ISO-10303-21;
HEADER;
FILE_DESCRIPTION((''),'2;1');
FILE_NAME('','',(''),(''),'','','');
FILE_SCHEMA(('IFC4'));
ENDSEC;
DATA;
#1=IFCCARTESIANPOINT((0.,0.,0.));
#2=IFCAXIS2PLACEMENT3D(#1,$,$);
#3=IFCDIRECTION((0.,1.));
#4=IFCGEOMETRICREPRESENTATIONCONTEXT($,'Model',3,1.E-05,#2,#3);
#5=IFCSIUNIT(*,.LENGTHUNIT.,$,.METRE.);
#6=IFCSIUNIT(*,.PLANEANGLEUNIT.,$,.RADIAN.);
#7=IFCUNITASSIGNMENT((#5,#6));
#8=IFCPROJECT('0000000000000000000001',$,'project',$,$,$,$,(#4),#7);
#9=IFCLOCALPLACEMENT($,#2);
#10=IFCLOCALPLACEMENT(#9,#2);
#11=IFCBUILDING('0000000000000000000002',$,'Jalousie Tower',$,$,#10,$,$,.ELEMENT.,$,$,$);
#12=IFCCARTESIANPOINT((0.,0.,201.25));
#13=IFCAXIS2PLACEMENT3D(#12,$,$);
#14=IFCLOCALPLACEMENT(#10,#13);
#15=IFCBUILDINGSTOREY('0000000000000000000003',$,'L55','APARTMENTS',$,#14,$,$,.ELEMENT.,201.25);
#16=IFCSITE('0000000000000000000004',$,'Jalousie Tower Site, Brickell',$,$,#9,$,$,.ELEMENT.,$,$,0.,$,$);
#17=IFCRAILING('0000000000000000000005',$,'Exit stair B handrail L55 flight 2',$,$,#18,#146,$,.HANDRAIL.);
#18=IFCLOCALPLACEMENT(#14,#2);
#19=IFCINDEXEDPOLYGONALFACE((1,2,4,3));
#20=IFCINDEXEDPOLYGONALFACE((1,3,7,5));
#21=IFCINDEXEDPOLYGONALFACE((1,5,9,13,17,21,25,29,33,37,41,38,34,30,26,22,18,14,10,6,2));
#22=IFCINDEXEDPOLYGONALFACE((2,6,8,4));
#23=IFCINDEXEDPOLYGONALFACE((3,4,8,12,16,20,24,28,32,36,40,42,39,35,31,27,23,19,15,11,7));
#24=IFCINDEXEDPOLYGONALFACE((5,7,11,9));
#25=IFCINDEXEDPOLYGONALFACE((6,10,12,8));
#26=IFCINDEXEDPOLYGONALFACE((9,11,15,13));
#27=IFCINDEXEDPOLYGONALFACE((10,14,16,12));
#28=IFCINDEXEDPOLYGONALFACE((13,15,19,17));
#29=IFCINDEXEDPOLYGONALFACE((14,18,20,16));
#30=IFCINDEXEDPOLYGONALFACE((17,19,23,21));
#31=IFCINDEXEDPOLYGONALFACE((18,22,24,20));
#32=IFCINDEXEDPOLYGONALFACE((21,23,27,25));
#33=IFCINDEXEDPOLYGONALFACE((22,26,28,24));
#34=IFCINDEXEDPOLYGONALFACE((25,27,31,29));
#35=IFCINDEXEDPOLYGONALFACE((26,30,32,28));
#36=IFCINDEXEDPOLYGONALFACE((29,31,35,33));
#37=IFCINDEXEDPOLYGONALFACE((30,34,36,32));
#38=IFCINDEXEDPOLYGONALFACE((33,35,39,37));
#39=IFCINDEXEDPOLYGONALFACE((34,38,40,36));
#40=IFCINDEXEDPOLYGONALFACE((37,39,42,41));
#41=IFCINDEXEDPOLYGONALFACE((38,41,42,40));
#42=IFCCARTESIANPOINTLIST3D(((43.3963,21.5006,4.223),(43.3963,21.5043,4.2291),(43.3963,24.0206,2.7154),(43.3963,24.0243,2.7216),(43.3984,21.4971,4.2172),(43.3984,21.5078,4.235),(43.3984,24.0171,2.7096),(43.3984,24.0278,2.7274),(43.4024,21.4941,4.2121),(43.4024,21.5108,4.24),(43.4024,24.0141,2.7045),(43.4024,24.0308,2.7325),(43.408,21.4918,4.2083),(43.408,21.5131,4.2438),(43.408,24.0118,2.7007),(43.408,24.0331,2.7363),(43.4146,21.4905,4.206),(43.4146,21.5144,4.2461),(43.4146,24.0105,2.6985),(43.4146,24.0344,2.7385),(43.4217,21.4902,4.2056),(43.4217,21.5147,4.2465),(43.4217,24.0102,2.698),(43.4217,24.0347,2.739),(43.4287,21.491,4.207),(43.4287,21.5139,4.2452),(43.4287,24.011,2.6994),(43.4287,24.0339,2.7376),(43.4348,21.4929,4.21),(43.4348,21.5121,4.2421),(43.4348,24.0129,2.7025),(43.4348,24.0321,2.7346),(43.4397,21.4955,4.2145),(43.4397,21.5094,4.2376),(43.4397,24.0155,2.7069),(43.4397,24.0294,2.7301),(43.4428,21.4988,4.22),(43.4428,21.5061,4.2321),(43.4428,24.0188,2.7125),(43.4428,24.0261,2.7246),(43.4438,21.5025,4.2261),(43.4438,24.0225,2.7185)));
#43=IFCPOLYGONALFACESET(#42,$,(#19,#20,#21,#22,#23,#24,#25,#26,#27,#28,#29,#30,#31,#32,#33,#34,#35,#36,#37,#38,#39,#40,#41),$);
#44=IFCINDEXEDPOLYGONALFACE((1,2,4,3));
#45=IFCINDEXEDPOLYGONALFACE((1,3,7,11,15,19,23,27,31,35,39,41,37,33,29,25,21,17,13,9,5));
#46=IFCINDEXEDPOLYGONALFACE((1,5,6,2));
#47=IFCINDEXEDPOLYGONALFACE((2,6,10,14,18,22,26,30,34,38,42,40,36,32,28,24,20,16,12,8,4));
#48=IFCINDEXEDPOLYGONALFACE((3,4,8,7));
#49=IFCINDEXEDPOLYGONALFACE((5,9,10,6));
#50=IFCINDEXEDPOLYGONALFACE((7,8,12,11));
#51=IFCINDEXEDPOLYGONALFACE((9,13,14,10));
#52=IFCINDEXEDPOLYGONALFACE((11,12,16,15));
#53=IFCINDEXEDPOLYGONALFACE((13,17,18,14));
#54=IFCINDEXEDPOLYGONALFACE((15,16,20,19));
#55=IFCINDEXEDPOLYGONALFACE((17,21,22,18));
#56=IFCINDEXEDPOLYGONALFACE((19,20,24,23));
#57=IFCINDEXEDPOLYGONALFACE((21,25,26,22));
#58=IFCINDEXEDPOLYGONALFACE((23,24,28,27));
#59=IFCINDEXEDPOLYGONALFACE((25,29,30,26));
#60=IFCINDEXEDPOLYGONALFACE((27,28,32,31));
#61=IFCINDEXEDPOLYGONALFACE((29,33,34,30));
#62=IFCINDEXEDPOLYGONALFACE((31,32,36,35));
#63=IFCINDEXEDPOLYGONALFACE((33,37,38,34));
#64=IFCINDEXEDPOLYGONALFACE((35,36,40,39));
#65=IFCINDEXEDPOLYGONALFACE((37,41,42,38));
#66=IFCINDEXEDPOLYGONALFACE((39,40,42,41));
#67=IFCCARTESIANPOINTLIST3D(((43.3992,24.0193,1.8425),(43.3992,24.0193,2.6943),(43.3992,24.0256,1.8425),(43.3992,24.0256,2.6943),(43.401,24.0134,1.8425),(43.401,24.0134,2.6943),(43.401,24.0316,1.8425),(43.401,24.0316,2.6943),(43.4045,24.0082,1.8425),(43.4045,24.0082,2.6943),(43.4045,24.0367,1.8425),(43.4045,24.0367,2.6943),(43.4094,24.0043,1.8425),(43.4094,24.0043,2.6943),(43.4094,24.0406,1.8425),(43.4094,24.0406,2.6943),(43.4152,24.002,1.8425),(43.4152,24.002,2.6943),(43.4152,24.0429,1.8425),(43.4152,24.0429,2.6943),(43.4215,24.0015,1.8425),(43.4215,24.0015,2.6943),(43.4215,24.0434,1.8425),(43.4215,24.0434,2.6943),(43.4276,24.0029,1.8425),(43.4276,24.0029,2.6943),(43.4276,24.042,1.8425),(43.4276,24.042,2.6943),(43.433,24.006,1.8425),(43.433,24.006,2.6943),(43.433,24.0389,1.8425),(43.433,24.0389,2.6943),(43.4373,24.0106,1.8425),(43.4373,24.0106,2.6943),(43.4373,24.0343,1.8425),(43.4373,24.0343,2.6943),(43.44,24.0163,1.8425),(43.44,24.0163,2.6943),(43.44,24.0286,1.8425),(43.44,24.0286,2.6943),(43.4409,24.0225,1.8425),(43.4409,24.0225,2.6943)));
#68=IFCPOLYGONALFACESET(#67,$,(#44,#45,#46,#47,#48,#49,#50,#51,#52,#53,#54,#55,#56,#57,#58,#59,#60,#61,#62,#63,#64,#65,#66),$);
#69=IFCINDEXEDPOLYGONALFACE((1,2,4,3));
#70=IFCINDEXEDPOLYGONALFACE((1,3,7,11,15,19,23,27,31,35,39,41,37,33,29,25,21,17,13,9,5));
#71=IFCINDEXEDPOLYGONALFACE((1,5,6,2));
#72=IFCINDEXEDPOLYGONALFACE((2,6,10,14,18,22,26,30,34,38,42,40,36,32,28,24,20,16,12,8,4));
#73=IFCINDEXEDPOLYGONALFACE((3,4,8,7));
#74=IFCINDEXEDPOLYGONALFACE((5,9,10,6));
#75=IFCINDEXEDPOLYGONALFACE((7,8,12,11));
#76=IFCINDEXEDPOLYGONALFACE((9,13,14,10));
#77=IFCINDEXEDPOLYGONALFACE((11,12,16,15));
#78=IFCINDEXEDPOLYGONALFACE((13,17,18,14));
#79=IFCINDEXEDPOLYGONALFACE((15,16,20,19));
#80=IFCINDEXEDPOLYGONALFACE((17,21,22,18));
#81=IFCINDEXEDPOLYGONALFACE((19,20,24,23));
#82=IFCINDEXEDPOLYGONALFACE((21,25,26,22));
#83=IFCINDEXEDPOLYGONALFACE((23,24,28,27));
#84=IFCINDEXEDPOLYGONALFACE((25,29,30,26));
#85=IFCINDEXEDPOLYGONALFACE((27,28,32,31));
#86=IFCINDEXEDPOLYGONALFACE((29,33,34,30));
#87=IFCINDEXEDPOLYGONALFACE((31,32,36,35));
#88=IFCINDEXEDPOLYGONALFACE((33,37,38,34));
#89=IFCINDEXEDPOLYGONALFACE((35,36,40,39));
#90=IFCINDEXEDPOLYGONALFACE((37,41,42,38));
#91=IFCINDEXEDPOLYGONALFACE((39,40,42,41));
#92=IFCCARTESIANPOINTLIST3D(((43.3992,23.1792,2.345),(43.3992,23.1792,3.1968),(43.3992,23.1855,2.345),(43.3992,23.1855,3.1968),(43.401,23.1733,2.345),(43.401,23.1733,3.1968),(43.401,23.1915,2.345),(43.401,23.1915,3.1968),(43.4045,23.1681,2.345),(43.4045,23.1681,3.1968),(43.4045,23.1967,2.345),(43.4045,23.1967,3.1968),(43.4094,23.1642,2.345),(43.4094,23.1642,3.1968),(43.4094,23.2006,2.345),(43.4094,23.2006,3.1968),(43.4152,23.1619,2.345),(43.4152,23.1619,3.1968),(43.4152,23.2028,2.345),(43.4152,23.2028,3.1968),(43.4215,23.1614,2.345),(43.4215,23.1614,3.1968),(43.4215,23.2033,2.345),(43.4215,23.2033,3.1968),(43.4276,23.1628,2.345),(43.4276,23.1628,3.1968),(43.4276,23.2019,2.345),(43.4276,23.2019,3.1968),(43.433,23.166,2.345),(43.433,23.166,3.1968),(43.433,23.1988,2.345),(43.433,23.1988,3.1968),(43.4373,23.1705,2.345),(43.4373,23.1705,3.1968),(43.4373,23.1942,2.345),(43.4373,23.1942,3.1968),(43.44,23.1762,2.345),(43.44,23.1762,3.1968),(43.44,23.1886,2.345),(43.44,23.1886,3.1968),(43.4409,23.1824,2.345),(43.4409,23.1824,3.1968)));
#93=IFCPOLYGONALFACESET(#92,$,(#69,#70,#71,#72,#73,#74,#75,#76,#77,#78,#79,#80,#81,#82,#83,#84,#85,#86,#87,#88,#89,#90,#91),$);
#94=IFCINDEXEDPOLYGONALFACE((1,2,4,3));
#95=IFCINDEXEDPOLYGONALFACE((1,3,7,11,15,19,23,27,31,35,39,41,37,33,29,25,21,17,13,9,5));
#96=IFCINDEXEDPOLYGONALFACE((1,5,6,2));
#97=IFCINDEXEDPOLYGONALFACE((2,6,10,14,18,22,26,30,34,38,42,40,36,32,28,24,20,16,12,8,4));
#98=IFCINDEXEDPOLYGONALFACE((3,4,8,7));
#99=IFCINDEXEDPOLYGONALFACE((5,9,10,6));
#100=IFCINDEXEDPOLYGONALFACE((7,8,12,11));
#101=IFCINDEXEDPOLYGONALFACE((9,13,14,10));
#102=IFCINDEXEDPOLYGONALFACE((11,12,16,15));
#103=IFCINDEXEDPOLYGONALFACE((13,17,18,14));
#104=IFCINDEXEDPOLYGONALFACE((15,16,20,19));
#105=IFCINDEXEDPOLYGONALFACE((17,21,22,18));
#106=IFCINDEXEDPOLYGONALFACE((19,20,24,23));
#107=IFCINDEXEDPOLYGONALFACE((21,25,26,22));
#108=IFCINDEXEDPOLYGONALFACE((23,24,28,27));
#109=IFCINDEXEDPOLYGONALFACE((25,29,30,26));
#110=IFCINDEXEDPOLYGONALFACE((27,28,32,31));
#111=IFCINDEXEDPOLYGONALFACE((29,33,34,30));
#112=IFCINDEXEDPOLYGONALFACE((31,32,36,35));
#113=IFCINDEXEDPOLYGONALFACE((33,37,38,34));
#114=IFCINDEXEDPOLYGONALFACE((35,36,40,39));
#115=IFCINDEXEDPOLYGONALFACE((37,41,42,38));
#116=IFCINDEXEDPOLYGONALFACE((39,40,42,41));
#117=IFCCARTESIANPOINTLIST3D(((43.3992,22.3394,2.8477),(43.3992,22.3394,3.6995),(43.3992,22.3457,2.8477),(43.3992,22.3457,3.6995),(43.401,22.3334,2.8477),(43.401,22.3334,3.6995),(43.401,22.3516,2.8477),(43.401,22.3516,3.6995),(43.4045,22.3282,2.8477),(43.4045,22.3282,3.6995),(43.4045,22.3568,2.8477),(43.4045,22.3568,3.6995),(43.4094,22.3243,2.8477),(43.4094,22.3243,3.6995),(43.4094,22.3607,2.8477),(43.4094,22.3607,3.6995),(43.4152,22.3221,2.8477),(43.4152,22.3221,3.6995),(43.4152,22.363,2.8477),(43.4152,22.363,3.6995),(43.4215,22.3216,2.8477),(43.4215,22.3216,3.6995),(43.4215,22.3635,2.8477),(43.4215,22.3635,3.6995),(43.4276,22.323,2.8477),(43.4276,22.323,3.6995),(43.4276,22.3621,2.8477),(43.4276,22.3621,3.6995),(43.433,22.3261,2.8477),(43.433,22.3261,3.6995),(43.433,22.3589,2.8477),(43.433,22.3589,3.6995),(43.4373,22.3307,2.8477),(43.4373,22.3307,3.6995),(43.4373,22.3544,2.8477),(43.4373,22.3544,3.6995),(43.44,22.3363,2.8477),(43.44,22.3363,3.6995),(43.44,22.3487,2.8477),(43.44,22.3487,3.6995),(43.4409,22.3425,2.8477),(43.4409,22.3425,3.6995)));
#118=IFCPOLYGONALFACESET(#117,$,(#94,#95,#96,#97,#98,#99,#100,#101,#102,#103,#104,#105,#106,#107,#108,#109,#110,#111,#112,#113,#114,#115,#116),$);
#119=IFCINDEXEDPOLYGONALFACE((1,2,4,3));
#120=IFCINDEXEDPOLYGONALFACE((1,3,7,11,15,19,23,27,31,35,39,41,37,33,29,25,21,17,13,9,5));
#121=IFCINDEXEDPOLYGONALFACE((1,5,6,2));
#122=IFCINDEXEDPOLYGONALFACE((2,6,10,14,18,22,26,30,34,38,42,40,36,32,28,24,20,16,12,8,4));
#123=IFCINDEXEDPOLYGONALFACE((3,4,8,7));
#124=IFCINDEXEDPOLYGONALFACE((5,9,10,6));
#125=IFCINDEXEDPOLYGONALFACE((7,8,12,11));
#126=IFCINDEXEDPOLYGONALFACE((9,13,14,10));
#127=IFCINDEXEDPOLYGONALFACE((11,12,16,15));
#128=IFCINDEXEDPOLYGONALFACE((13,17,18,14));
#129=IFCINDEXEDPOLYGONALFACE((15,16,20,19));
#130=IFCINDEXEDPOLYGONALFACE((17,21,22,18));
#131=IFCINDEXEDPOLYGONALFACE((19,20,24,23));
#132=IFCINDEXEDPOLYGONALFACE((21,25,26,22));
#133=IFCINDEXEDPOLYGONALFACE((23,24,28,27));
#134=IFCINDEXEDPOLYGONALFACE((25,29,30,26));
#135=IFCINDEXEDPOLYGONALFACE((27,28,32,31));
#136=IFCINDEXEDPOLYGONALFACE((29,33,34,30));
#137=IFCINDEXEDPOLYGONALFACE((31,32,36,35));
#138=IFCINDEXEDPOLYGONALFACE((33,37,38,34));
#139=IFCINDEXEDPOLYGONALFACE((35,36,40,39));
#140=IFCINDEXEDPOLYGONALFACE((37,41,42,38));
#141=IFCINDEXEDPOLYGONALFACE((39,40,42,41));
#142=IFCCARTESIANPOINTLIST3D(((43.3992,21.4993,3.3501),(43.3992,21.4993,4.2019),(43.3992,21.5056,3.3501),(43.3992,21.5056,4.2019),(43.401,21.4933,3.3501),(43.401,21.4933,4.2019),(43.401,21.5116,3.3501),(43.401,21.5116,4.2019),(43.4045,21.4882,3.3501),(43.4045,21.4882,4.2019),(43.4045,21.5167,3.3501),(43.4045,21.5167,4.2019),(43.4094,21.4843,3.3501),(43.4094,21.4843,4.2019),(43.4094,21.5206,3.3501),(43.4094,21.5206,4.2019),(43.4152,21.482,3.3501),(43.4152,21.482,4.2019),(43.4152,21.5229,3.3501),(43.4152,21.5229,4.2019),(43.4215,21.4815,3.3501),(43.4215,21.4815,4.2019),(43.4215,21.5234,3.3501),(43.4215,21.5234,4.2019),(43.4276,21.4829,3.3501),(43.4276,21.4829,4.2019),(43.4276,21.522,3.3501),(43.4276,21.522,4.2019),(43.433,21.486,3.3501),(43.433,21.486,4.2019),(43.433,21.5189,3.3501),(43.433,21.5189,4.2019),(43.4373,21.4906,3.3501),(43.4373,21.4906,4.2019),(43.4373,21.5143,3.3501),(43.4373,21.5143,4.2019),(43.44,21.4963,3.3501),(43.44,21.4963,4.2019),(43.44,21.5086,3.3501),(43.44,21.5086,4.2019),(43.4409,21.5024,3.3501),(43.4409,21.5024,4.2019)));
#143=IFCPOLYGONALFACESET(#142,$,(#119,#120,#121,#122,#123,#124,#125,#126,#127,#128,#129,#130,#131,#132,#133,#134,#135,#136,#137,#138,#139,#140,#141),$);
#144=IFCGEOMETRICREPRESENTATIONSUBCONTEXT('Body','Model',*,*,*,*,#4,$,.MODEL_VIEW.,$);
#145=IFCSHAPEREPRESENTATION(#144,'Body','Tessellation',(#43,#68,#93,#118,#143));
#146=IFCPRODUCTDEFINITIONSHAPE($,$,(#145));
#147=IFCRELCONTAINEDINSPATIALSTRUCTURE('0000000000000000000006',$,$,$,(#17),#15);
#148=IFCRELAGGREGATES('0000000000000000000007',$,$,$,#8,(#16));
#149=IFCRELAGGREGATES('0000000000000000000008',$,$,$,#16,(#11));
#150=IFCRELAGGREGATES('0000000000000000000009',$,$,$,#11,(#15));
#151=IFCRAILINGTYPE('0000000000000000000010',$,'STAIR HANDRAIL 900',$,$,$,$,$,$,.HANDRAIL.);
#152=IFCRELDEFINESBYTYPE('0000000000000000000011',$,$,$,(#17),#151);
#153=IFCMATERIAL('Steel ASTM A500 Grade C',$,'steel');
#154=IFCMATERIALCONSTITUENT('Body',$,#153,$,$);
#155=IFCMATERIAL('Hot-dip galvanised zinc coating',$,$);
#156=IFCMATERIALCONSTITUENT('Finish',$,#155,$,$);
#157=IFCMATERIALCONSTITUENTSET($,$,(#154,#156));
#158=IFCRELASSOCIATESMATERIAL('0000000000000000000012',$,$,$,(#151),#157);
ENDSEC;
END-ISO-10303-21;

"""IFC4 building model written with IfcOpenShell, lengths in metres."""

from ifc_helpers import new_model, si_unit, direction, frame, origin, origin_2d, place, context, subcontext, project, spatial, circle, extrude, material, constituent, constituent_set, type_object, element, save


model = new_model("IFC4")

# Units and contexts
model_context = context("Model", 3, precision=1e-05, world=origin(), true_north=direction((0.0, 1.0)))
body_context = subcontext(model_context, "Body", "Model", "MODEL_VIEW")
ifc_project = project(units=[si_unit("LENGTHUNIT", "METRE"), si_unit("PLANEANGLEUNIT", "RADIAN")], contexts=[model_context])

# Site, building, storey
site_placement = place(None, origin())
site = spatial("IfcSite", under=ifc_project, at=site_placement, Name="Jalousie Tower Site, Brickell", CompositionType="ELEMENT", RefElevation=0.0)
building_placement = place(site_placement, origin())
building = spatial("IfcBuilding", under=site, at=building_placement, Name="Jalousie Tower", CompositionType="ELEMENT")
storey_placement = place(building_placement, frame((0.0, 0.0, 201.25)))
storey = spatial("IfcBuildingStorey", under=building, at=storey_placement, Name="L55", Description="APARTMENTS", CompositionType="ELEMENT", Elevation=201.25)

# Railing
ifc_material_1 = material(Name="Steel ASTM A500 Grade C", Category="steel")
ifc_constituent_1 = constituent(ifc_material_1, Name="Body")
ifc_material_2 = material(Name="Hot-dip galvanised zinc coating")
ifc_constituent_2 = constituent(ifc_material_2, Name="Finish")
ifc_constituent_set_1 = constituent_set(constituents=[ifc_constituent_1, ifc_constituent_2])
railing_type_1 = type_object("IfcRailingType", Name="STAIR HANDRAIL 900", PredefinedType="HANDRAIL", material=ifc_constituent_set_1)
railing_1_placement = place(storey_placement, frame((43.4199, 24.0225, 1.8425)))
element("IfcRailing", 1, at=railing_1_placement, inside=storey, type_object=railing_type_1, Name="Exit stair B handrail L55 flight 2", PredefinedType="HANDRAIL", context=body_context, shape_type="SweptSolid", body=[
    extrude(circle(Radius=0.0239, at=origin_2d()), frame((0.0, 0.0, 0.876), z_axis=(0.0, -0.85816, 0.513383), x_axis=(1.0, 0.0, 0.0)), (0.0, 0.0, 1.0), 2.9365),
    extrude(circle(Radius=0.021, at=origin_2d()), origin(), (0.0, 0.0, 1.0), 0.8518),
    extrude(circle(Radius=0.021, at=origin_2d()), frame((0.0, -0.8401, 0.5024)), (0.0, 0.0, 1.0), 0.8518),
    extrude(circle(Radius=0.021, at=origin_2d()), frame((0.0, -1.6799, 1.0051)), (0.0, 0.0, 1.0), 0.8518),
    extrude(circle(Radius=0.021, at=origin_2d()), frame((0.0, -2.52, 1.5076)), (0.0, 0.0, 1.0), 0.8518),
])

save(model, "model.ifc")
